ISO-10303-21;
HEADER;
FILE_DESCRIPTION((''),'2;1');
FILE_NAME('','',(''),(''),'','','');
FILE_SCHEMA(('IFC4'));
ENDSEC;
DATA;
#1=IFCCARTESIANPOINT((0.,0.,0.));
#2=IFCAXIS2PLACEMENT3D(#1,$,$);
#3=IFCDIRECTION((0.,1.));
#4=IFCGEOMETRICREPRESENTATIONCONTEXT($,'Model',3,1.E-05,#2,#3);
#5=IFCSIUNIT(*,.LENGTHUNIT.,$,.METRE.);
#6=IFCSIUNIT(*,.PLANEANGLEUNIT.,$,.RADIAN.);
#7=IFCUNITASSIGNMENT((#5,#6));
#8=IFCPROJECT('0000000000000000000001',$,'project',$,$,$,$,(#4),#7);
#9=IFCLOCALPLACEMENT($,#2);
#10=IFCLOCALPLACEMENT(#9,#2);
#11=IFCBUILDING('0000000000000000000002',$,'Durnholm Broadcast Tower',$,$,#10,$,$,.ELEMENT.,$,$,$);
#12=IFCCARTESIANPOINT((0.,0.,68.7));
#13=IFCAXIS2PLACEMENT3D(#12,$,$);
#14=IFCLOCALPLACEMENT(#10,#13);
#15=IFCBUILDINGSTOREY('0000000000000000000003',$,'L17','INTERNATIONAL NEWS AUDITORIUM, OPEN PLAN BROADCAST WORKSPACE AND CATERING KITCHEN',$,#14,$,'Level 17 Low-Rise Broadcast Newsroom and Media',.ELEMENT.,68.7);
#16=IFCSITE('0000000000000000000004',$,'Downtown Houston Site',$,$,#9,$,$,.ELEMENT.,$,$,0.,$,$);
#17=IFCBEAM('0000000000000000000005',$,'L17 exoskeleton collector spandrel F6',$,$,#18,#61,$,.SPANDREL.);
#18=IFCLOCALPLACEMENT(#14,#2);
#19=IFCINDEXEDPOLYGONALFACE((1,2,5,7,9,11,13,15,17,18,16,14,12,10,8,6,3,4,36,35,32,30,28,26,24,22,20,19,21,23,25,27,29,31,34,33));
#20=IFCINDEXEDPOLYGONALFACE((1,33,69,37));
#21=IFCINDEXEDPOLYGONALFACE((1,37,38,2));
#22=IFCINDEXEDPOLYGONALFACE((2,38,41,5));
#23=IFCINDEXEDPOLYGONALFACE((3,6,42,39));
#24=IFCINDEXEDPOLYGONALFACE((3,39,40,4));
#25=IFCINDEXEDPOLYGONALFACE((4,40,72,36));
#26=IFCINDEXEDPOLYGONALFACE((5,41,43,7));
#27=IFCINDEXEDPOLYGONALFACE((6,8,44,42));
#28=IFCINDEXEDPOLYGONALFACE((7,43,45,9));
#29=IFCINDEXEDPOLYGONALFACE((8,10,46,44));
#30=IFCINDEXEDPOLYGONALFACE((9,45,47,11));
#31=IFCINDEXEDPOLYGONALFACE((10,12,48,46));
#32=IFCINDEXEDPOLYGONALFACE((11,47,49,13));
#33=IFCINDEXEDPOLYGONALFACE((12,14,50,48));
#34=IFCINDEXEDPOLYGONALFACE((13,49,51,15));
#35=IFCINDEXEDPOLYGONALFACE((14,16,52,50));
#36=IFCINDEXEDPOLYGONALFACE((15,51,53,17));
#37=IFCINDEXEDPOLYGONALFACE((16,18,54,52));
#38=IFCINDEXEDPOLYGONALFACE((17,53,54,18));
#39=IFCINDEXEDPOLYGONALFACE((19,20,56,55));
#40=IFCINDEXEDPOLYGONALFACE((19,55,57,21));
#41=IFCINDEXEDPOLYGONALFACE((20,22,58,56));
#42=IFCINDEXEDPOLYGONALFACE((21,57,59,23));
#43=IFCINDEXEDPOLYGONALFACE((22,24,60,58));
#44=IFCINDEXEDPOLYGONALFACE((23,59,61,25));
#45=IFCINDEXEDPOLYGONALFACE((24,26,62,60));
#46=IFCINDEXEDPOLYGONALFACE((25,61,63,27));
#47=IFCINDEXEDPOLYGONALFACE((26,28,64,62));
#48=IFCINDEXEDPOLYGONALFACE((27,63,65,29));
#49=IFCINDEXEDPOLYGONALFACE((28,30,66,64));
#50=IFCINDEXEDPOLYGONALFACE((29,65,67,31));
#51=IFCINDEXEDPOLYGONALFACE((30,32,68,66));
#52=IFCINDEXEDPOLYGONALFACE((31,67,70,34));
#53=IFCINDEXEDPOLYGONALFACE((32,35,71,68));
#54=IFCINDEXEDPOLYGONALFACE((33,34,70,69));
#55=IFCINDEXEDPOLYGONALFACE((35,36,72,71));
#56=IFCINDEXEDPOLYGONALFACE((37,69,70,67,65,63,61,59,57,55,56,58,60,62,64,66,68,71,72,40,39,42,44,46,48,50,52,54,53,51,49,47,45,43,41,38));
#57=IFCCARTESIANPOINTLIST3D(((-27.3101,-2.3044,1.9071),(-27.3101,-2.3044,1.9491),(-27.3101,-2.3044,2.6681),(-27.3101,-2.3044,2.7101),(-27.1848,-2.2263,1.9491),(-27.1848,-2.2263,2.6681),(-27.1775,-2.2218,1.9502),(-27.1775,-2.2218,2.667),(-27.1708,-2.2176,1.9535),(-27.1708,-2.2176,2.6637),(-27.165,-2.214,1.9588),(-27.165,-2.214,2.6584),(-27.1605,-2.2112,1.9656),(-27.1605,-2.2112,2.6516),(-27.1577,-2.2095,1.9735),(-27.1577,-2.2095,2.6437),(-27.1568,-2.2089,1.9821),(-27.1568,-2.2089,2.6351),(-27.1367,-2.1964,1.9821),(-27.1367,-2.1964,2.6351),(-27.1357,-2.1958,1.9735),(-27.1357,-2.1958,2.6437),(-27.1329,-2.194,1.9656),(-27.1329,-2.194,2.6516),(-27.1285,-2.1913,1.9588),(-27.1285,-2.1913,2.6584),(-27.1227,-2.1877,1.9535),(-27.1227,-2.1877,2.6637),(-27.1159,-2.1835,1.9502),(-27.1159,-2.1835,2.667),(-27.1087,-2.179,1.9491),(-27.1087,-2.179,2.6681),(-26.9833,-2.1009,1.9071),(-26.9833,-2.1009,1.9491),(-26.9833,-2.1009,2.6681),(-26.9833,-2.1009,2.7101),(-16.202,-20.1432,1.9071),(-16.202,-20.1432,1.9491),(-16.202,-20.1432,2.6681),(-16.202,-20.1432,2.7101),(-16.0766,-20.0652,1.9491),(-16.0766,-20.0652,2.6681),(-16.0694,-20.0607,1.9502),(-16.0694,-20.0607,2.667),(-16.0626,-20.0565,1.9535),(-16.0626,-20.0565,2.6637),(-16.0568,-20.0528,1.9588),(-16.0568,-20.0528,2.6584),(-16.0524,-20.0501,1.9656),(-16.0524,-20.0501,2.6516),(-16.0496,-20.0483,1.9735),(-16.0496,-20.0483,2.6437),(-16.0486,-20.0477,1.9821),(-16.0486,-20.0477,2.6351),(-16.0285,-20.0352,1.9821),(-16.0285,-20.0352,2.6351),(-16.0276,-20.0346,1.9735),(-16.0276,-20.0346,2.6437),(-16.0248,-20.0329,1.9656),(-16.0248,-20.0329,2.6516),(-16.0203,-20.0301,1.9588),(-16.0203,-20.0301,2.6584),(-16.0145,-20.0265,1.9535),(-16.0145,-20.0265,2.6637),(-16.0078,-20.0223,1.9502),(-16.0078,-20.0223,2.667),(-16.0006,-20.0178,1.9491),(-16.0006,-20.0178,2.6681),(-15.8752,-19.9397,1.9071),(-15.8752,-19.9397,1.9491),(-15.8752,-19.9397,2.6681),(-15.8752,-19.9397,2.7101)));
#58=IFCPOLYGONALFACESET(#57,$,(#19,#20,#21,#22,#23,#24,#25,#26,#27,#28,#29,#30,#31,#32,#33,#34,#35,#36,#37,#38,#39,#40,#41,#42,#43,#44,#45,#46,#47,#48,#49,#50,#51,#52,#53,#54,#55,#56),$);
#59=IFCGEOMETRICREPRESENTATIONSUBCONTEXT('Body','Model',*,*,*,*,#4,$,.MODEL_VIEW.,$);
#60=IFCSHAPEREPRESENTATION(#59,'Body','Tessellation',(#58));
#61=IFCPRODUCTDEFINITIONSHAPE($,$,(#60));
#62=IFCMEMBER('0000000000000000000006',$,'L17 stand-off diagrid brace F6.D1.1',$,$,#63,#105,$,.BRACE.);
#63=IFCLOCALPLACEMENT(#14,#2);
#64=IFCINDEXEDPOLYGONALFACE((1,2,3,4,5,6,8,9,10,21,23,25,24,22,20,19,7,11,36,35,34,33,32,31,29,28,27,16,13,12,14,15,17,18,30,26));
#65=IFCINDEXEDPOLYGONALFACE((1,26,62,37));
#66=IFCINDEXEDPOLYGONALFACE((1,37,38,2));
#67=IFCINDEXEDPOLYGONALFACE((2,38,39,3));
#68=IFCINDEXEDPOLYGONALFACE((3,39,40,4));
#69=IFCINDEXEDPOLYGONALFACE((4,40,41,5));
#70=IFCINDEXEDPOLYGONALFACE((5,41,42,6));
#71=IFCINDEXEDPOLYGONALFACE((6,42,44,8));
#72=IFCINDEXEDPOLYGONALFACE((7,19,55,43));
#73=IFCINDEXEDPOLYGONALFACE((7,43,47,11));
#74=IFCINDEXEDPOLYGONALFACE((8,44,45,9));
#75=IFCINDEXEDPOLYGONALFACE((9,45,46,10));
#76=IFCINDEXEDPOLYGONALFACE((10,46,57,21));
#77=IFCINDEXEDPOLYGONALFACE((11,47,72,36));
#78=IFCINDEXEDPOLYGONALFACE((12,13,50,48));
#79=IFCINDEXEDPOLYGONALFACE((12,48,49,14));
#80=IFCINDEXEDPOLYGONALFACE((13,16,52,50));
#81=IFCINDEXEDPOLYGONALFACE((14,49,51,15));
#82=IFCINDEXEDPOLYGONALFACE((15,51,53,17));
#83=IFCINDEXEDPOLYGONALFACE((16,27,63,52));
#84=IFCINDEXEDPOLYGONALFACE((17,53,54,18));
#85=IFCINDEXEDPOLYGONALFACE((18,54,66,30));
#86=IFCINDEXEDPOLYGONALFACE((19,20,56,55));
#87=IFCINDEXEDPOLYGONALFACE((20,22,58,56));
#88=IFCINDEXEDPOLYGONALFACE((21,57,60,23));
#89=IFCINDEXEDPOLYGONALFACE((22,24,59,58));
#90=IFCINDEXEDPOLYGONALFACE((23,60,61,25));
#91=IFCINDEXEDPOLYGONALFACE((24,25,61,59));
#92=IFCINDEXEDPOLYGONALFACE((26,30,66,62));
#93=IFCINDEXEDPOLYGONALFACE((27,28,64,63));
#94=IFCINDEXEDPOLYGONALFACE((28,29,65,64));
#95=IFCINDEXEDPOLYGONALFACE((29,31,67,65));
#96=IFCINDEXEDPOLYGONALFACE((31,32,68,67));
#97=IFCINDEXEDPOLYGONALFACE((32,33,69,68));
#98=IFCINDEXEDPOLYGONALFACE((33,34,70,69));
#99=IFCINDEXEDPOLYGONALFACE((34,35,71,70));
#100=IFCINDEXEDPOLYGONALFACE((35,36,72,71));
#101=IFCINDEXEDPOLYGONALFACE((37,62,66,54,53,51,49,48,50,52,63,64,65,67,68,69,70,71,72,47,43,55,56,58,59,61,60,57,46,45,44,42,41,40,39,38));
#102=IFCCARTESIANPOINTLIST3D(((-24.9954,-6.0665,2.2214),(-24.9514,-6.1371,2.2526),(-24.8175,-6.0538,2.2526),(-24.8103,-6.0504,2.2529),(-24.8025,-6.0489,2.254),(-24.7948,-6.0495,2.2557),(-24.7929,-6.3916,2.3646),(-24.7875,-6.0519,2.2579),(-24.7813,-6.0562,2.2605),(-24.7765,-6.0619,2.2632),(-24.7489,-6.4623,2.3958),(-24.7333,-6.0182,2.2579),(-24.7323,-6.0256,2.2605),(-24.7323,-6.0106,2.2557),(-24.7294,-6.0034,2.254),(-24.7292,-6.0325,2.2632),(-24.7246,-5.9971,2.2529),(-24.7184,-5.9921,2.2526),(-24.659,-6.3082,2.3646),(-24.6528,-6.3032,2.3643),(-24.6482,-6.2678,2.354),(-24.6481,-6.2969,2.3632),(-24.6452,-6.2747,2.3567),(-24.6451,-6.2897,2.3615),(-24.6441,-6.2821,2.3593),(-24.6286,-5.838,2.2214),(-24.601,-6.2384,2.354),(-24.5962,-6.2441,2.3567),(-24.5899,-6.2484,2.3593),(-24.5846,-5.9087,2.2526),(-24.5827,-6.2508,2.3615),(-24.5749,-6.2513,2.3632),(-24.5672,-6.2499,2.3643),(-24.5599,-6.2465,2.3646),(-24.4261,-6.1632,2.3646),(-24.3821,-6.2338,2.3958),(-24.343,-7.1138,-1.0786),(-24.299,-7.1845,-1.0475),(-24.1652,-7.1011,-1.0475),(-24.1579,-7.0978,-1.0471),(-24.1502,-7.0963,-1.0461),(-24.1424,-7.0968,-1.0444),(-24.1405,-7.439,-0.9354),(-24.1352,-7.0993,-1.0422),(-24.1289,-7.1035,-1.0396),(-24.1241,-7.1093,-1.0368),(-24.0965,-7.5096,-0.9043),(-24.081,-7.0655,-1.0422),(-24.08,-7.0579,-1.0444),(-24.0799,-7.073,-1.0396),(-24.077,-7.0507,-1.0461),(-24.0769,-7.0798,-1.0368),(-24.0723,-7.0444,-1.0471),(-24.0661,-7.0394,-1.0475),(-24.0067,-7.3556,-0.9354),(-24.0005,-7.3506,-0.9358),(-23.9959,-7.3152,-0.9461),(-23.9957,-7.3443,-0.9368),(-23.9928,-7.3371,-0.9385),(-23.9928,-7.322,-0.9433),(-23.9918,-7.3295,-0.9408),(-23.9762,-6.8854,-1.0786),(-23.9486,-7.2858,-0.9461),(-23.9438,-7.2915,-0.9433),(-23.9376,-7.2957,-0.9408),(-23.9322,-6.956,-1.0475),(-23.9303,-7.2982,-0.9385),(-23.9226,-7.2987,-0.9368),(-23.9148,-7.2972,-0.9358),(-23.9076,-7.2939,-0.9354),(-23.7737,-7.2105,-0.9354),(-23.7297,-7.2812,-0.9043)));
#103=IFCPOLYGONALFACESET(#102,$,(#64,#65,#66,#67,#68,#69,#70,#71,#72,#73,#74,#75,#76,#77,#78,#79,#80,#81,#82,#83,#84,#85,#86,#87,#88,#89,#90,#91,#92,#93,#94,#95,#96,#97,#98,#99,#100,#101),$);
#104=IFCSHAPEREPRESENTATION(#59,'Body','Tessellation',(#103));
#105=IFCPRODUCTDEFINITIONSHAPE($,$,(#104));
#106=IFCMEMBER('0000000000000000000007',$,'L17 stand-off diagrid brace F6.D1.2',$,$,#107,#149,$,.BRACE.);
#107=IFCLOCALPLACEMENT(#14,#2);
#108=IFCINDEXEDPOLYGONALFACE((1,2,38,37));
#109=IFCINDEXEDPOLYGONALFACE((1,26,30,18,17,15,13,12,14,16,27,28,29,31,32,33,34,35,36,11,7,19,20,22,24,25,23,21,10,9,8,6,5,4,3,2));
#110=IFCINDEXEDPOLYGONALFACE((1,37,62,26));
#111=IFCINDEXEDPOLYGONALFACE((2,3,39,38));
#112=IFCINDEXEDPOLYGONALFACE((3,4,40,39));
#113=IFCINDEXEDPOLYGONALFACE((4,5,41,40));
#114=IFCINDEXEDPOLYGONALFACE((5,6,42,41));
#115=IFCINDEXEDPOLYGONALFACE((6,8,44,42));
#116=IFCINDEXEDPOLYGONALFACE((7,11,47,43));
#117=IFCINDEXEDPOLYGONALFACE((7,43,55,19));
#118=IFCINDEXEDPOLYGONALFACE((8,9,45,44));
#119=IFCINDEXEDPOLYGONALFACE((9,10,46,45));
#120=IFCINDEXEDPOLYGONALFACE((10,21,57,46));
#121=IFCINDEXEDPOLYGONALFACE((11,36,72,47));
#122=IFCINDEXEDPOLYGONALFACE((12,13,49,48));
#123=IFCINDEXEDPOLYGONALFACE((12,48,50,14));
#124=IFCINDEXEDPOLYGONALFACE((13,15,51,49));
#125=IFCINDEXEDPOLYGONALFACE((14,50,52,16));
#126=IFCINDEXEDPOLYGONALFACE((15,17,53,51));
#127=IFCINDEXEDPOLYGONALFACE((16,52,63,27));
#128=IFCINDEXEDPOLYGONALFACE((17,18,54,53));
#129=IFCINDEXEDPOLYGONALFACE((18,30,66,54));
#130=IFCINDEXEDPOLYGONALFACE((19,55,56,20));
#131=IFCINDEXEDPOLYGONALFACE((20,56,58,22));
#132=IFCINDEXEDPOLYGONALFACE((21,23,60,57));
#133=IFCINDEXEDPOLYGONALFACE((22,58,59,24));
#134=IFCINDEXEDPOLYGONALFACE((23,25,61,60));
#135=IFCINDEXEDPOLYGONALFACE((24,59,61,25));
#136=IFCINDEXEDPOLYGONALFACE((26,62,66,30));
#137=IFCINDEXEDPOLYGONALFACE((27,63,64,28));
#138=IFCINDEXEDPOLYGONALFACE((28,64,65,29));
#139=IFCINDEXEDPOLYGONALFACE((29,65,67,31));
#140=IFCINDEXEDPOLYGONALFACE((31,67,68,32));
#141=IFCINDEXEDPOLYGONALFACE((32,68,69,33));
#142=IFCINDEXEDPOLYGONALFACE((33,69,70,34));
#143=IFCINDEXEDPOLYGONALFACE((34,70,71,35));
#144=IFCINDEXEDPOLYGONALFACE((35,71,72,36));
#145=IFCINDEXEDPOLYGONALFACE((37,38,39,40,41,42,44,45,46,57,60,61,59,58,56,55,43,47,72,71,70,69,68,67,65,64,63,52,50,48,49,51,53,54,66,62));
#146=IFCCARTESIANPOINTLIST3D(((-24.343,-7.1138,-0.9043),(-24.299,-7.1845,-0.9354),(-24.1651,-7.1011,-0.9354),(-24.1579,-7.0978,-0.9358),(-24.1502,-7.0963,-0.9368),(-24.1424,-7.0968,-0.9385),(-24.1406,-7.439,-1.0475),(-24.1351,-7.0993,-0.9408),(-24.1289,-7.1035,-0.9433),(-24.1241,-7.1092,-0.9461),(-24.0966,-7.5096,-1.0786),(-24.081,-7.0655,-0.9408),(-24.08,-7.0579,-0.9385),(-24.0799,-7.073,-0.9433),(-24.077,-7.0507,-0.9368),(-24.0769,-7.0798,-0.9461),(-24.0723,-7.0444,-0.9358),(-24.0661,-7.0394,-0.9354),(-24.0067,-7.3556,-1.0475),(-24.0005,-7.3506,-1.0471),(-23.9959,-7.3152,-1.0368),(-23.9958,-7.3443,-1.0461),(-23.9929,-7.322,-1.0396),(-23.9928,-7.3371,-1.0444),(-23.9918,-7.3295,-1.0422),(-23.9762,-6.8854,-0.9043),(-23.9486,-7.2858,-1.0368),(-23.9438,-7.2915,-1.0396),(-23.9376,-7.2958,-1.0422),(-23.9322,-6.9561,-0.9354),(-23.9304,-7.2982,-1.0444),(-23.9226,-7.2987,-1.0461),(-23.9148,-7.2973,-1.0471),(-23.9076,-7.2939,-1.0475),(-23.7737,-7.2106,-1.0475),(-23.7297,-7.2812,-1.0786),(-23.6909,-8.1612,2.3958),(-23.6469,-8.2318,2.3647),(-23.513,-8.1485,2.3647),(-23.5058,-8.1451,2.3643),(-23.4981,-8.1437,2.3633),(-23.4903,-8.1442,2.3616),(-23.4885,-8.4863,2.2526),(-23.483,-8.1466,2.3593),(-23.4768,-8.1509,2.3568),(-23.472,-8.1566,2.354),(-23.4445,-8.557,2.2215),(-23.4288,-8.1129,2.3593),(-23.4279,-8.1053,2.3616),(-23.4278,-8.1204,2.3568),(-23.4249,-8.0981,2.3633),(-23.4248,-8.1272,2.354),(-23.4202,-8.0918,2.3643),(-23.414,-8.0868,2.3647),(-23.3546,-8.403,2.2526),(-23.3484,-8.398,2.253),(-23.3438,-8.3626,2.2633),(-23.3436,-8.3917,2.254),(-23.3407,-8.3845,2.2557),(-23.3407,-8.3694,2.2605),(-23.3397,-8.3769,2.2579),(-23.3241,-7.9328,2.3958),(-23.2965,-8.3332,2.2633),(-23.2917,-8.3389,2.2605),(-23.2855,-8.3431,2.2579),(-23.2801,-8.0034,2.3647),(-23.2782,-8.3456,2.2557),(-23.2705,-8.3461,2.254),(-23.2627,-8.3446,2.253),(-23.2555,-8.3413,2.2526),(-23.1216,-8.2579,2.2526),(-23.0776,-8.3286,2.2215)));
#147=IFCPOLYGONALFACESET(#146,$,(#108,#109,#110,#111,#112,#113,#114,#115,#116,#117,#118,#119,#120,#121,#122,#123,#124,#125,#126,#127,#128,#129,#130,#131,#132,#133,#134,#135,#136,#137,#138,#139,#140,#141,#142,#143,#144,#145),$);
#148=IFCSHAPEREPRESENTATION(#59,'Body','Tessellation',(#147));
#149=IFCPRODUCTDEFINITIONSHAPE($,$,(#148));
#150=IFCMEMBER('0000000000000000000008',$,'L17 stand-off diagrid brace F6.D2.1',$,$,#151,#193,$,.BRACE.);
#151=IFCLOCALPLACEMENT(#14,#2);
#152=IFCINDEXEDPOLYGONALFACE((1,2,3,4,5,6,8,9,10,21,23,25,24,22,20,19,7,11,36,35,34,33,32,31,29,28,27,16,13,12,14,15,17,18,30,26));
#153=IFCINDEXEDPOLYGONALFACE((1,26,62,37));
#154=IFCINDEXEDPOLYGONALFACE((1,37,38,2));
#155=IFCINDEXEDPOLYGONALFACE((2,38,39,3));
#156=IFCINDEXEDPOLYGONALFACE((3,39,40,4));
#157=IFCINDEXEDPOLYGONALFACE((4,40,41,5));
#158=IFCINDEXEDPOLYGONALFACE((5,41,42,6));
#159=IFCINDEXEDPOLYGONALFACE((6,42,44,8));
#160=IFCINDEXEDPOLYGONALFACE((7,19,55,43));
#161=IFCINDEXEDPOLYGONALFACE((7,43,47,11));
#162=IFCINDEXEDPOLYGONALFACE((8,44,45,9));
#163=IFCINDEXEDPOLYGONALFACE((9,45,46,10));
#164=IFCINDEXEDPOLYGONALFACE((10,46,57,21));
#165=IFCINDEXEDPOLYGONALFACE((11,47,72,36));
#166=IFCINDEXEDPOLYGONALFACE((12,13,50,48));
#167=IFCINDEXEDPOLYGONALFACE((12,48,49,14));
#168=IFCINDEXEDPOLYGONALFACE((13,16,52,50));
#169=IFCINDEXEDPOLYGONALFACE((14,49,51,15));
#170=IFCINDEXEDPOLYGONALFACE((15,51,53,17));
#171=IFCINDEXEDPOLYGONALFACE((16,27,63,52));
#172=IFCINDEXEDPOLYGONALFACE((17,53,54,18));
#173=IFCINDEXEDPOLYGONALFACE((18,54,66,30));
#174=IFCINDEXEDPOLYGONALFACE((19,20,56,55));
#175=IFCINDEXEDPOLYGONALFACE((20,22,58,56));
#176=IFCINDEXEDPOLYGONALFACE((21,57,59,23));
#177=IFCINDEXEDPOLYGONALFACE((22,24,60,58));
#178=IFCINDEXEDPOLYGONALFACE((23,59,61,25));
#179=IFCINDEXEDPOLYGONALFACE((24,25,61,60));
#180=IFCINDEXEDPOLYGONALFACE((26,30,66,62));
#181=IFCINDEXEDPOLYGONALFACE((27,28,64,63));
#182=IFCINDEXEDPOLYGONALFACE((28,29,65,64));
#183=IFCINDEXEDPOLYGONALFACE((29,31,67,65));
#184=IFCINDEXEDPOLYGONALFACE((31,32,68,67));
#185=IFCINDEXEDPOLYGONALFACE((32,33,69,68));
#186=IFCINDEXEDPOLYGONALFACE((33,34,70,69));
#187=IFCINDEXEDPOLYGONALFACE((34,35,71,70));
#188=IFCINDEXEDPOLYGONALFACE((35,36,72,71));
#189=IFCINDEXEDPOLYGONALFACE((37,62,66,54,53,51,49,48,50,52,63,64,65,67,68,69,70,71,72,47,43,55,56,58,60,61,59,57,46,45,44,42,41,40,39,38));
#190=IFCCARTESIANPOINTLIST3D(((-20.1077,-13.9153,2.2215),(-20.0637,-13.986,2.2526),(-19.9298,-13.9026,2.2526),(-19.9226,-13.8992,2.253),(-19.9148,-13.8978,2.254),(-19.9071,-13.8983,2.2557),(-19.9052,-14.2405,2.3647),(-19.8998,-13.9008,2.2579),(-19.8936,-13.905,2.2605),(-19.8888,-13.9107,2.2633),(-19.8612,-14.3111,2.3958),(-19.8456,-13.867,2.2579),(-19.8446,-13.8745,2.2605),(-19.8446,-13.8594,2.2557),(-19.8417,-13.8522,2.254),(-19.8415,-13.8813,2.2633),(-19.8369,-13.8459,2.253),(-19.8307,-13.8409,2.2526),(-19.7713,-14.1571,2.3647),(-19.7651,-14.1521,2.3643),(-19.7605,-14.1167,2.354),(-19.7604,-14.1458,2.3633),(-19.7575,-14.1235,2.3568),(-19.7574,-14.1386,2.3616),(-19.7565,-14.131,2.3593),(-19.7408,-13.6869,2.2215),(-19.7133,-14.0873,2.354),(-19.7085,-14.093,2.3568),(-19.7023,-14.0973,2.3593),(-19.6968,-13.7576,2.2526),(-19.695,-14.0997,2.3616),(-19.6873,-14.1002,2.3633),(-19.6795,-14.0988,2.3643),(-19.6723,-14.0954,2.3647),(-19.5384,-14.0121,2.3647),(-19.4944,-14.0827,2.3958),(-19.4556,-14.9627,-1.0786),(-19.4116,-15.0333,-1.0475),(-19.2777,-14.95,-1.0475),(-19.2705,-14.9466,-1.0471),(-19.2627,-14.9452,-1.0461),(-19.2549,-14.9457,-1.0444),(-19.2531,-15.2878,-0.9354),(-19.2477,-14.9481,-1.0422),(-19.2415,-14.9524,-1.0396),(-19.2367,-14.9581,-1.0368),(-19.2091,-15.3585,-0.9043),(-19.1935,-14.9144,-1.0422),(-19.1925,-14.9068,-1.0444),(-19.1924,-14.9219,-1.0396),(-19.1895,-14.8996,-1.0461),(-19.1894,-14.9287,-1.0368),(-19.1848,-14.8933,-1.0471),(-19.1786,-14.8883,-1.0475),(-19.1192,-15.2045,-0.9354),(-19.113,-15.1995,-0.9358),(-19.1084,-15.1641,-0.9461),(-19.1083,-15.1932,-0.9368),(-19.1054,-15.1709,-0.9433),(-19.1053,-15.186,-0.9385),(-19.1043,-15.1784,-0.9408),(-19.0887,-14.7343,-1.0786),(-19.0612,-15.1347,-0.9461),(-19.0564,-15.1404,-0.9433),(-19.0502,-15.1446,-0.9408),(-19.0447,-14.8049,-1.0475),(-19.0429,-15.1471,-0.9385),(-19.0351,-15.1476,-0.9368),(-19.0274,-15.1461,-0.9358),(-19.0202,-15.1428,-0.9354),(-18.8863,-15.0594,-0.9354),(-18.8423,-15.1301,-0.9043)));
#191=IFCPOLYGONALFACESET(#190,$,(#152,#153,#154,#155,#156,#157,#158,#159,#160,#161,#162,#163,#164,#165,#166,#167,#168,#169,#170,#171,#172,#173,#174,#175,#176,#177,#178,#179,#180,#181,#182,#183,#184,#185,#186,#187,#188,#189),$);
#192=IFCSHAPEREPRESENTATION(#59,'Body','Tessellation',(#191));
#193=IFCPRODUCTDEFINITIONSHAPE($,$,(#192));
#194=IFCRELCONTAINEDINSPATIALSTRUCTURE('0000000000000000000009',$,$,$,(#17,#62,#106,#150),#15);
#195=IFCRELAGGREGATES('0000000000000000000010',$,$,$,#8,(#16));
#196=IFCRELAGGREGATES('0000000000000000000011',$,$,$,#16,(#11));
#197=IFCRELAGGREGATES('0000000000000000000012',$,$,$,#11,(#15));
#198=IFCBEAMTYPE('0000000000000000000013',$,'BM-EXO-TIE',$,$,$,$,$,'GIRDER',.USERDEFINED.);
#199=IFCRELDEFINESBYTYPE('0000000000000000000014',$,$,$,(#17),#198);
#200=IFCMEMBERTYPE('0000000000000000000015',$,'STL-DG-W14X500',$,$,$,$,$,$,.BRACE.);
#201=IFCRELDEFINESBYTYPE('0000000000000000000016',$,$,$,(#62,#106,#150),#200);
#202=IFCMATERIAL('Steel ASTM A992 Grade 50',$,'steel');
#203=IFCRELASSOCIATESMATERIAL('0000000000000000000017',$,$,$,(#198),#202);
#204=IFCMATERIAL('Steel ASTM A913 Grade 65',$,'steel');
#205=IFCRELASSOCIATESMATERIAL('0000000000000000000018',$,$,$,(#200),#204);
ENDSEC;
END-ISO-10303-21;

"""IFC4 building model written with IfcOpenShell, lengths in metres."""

from ifc_helpers import new_model, si_unit, direction, frame, origin, origin_2d, place, context, subcontext, project, spatial, i_section, extrude, source, transform, mapped, material, material_profile, profile_set, type_object, type_shapes, element, save


model = new_model("IFC4")

# Units and contexts
model_context = context("Model", 3, precision=1e-05, world=origin(), true_north=direction((0.0, 1.0)))
body_context = subcontext(model_context, "Body", "Model", "MODEL_VIEW")
ifc_project = project(units=[si_unit("LENGTHUNIT", "METRE"), si_unit("PLANEANGLEUNIT", "RADIAN")], contexts=[model_context])

# Site, building, storey
site_placement = place(None, origin())
site = spatial("IfcSite", under=ifc_project, at=site_placement, Name="Downtown Houston Site", CompositionType="ELEMENT", RefElevation=0.0)
building_placement = place(site_placement, origin())
building = spatial("IfcBuilding", under=site, at=building_placement, Name="Durnholm Broadcast Tower", CompositionType="ELEMENT")
storey_placement = place(building_placement, frame((0.0, 0.0, 68.7)))
storey = spatial("IfcBuildingStorey", under=building, at=storey_placement, Name="L17", Description="INTERNATIONAL NEWS AUDITORIUM, OPEN PLAN BROADCAST WORKSPACE AND CATERING KITCHEN", LongName="Level 17 Low-Rise Broadcast Newsroom and Media", CompositionType="ELEMENT", Elevation=68.7)

# Beam
ifc_material_1 = material(Name="Steel ASTM A992 Grade 50", Category="steel")
ifc_material_profile_1 = material_profile(ifc_material_1, i_section(OverallWidth=0.385, OverallDepth=0.803, WebThickness=0.0237, FlangeThickness=0.042, FilletRadius=0.033, at=origin_2d()), Name="W30X261")
ifc_profile_set_1 = profile_set([ifc_material_profile_1], Name="Steel ASTM A992 Grade 50")
beam_type_1 = type_object("IfcBeamType", Name="BM-EXO-TIE", ElementType="GIRDER", PredefinedType="USERDEFINED", material=ifc_profile_set_1)
shared_shape_1 = source(origin(), body_context, "Body", "SweptSolid", [
    extrude(i_section(OverallWidth=0.385, OverallDepth=0.803, WebThickness=0.0237, FlangeThickness=0.042, FilletRadius=0.033, at=origin_2d()), origin(), (0.0, 0.0, 1.0), 21.0146),
])
beam_1_placement = place(storey_placement, frame((-27.1467, -2.2026, 2.3086), z_axis=(0.528591, -0.848877, 0.0), x_axis=(0.848877, 0.528591, 0.0)))
element("IfcBeam", 1, at=beam_1_placement, inside=storey, type_object=beam_type_1, Name="L17 exoskeleton collector spandrel F6", PredefinedType="SPANDREL", context=body_context, shape_type="MappedRepresentation", body=[
    mapped(shared_shape_1, transform((0.0, 0.0, 0.0), x_axis=(1.0, 0.0, 0.0), y_axis=(0.0, 1.0, 0.0), z_axis=(0.0, 0.0, 1.0), scale=1.0)),
])

# Members
ifc_material_2 = material(Name="Steel ASTM A913 Grade 65", Category="steel")
ifc_material_profile_2 = material_profile(ifc_material_2, i_section(OverallWidth=0.4321, OverallDepth=0.4978, WebThickness=0.0557, FlangeThickness=0.0889, FilletRadius=0.0305, at=origin_2d()), Name="W14X500")
ifc_profile_set_2 = profile_set([ifc_material_profile_2], Name="Steel ASTM A913 Grade 65")
member_type_1 = type_object("IfcMemberType", Name="STL-DG-W14X500", PredefinedType="BRACE", material=ifc_profile_set_2)
shared_shape_2 = source(origin(), body_context, "Body", "SweptSolid", [
    extrude(i_section(OverallWidth=0.4321, OverallDepth=0.4978, WebThickness=0.0557, FlangeThickness=0.0889, FilletRadius=0.0305, at=origin_2d()), origin(), (0.0, 0.0, 1.0), 3.5232),
])
type_shapes(member_type_1, [shared_shape_2])
for number, where, z_axis, x_axis, name in (
    (2, (-24.0364, -7.1975, -0.9915), (-0.185157, 0.297277, 0.936666), (-0.84882, -0.528682, 0.0), "L17 stand-off diagrid brace F6.D1.1"),
    (3, (-24.0364, -7.1975, -0.9915), (0.18509, -0.297281, 0.936678), (0.848909, 0.52854, 0.0), "L17 stand-off diagrid brace F6.D1.2"),
    (4, (-19.1489, -15.0464, -0.9915), (-0.18509, 0.297281, 0.936678), (-0.848909, -0.52854, 0.0), "L17 stand-off diagrid brace F6.D2.1"),
):
    element("IfcMember", number, at=place(storey_placement, frame(where, z_axis=z_axis, x_axis=x_axis)), inside=storey, type_object=member_type_1, Name=name, PredefinedType="BRACE", context=body_context, shape_type="MappedRepresentation", body=[
        mapped(shared_shape_2, transform((0.0, 0.0, 0.0), x_axis=(1.0, 0.0, 0.0), y_axis=(0.0, 1.0, 0.0), z_axis=(0.0, 0.0, 1.0), scale=1.0)),
    ])

save(model, "model.ifc")
